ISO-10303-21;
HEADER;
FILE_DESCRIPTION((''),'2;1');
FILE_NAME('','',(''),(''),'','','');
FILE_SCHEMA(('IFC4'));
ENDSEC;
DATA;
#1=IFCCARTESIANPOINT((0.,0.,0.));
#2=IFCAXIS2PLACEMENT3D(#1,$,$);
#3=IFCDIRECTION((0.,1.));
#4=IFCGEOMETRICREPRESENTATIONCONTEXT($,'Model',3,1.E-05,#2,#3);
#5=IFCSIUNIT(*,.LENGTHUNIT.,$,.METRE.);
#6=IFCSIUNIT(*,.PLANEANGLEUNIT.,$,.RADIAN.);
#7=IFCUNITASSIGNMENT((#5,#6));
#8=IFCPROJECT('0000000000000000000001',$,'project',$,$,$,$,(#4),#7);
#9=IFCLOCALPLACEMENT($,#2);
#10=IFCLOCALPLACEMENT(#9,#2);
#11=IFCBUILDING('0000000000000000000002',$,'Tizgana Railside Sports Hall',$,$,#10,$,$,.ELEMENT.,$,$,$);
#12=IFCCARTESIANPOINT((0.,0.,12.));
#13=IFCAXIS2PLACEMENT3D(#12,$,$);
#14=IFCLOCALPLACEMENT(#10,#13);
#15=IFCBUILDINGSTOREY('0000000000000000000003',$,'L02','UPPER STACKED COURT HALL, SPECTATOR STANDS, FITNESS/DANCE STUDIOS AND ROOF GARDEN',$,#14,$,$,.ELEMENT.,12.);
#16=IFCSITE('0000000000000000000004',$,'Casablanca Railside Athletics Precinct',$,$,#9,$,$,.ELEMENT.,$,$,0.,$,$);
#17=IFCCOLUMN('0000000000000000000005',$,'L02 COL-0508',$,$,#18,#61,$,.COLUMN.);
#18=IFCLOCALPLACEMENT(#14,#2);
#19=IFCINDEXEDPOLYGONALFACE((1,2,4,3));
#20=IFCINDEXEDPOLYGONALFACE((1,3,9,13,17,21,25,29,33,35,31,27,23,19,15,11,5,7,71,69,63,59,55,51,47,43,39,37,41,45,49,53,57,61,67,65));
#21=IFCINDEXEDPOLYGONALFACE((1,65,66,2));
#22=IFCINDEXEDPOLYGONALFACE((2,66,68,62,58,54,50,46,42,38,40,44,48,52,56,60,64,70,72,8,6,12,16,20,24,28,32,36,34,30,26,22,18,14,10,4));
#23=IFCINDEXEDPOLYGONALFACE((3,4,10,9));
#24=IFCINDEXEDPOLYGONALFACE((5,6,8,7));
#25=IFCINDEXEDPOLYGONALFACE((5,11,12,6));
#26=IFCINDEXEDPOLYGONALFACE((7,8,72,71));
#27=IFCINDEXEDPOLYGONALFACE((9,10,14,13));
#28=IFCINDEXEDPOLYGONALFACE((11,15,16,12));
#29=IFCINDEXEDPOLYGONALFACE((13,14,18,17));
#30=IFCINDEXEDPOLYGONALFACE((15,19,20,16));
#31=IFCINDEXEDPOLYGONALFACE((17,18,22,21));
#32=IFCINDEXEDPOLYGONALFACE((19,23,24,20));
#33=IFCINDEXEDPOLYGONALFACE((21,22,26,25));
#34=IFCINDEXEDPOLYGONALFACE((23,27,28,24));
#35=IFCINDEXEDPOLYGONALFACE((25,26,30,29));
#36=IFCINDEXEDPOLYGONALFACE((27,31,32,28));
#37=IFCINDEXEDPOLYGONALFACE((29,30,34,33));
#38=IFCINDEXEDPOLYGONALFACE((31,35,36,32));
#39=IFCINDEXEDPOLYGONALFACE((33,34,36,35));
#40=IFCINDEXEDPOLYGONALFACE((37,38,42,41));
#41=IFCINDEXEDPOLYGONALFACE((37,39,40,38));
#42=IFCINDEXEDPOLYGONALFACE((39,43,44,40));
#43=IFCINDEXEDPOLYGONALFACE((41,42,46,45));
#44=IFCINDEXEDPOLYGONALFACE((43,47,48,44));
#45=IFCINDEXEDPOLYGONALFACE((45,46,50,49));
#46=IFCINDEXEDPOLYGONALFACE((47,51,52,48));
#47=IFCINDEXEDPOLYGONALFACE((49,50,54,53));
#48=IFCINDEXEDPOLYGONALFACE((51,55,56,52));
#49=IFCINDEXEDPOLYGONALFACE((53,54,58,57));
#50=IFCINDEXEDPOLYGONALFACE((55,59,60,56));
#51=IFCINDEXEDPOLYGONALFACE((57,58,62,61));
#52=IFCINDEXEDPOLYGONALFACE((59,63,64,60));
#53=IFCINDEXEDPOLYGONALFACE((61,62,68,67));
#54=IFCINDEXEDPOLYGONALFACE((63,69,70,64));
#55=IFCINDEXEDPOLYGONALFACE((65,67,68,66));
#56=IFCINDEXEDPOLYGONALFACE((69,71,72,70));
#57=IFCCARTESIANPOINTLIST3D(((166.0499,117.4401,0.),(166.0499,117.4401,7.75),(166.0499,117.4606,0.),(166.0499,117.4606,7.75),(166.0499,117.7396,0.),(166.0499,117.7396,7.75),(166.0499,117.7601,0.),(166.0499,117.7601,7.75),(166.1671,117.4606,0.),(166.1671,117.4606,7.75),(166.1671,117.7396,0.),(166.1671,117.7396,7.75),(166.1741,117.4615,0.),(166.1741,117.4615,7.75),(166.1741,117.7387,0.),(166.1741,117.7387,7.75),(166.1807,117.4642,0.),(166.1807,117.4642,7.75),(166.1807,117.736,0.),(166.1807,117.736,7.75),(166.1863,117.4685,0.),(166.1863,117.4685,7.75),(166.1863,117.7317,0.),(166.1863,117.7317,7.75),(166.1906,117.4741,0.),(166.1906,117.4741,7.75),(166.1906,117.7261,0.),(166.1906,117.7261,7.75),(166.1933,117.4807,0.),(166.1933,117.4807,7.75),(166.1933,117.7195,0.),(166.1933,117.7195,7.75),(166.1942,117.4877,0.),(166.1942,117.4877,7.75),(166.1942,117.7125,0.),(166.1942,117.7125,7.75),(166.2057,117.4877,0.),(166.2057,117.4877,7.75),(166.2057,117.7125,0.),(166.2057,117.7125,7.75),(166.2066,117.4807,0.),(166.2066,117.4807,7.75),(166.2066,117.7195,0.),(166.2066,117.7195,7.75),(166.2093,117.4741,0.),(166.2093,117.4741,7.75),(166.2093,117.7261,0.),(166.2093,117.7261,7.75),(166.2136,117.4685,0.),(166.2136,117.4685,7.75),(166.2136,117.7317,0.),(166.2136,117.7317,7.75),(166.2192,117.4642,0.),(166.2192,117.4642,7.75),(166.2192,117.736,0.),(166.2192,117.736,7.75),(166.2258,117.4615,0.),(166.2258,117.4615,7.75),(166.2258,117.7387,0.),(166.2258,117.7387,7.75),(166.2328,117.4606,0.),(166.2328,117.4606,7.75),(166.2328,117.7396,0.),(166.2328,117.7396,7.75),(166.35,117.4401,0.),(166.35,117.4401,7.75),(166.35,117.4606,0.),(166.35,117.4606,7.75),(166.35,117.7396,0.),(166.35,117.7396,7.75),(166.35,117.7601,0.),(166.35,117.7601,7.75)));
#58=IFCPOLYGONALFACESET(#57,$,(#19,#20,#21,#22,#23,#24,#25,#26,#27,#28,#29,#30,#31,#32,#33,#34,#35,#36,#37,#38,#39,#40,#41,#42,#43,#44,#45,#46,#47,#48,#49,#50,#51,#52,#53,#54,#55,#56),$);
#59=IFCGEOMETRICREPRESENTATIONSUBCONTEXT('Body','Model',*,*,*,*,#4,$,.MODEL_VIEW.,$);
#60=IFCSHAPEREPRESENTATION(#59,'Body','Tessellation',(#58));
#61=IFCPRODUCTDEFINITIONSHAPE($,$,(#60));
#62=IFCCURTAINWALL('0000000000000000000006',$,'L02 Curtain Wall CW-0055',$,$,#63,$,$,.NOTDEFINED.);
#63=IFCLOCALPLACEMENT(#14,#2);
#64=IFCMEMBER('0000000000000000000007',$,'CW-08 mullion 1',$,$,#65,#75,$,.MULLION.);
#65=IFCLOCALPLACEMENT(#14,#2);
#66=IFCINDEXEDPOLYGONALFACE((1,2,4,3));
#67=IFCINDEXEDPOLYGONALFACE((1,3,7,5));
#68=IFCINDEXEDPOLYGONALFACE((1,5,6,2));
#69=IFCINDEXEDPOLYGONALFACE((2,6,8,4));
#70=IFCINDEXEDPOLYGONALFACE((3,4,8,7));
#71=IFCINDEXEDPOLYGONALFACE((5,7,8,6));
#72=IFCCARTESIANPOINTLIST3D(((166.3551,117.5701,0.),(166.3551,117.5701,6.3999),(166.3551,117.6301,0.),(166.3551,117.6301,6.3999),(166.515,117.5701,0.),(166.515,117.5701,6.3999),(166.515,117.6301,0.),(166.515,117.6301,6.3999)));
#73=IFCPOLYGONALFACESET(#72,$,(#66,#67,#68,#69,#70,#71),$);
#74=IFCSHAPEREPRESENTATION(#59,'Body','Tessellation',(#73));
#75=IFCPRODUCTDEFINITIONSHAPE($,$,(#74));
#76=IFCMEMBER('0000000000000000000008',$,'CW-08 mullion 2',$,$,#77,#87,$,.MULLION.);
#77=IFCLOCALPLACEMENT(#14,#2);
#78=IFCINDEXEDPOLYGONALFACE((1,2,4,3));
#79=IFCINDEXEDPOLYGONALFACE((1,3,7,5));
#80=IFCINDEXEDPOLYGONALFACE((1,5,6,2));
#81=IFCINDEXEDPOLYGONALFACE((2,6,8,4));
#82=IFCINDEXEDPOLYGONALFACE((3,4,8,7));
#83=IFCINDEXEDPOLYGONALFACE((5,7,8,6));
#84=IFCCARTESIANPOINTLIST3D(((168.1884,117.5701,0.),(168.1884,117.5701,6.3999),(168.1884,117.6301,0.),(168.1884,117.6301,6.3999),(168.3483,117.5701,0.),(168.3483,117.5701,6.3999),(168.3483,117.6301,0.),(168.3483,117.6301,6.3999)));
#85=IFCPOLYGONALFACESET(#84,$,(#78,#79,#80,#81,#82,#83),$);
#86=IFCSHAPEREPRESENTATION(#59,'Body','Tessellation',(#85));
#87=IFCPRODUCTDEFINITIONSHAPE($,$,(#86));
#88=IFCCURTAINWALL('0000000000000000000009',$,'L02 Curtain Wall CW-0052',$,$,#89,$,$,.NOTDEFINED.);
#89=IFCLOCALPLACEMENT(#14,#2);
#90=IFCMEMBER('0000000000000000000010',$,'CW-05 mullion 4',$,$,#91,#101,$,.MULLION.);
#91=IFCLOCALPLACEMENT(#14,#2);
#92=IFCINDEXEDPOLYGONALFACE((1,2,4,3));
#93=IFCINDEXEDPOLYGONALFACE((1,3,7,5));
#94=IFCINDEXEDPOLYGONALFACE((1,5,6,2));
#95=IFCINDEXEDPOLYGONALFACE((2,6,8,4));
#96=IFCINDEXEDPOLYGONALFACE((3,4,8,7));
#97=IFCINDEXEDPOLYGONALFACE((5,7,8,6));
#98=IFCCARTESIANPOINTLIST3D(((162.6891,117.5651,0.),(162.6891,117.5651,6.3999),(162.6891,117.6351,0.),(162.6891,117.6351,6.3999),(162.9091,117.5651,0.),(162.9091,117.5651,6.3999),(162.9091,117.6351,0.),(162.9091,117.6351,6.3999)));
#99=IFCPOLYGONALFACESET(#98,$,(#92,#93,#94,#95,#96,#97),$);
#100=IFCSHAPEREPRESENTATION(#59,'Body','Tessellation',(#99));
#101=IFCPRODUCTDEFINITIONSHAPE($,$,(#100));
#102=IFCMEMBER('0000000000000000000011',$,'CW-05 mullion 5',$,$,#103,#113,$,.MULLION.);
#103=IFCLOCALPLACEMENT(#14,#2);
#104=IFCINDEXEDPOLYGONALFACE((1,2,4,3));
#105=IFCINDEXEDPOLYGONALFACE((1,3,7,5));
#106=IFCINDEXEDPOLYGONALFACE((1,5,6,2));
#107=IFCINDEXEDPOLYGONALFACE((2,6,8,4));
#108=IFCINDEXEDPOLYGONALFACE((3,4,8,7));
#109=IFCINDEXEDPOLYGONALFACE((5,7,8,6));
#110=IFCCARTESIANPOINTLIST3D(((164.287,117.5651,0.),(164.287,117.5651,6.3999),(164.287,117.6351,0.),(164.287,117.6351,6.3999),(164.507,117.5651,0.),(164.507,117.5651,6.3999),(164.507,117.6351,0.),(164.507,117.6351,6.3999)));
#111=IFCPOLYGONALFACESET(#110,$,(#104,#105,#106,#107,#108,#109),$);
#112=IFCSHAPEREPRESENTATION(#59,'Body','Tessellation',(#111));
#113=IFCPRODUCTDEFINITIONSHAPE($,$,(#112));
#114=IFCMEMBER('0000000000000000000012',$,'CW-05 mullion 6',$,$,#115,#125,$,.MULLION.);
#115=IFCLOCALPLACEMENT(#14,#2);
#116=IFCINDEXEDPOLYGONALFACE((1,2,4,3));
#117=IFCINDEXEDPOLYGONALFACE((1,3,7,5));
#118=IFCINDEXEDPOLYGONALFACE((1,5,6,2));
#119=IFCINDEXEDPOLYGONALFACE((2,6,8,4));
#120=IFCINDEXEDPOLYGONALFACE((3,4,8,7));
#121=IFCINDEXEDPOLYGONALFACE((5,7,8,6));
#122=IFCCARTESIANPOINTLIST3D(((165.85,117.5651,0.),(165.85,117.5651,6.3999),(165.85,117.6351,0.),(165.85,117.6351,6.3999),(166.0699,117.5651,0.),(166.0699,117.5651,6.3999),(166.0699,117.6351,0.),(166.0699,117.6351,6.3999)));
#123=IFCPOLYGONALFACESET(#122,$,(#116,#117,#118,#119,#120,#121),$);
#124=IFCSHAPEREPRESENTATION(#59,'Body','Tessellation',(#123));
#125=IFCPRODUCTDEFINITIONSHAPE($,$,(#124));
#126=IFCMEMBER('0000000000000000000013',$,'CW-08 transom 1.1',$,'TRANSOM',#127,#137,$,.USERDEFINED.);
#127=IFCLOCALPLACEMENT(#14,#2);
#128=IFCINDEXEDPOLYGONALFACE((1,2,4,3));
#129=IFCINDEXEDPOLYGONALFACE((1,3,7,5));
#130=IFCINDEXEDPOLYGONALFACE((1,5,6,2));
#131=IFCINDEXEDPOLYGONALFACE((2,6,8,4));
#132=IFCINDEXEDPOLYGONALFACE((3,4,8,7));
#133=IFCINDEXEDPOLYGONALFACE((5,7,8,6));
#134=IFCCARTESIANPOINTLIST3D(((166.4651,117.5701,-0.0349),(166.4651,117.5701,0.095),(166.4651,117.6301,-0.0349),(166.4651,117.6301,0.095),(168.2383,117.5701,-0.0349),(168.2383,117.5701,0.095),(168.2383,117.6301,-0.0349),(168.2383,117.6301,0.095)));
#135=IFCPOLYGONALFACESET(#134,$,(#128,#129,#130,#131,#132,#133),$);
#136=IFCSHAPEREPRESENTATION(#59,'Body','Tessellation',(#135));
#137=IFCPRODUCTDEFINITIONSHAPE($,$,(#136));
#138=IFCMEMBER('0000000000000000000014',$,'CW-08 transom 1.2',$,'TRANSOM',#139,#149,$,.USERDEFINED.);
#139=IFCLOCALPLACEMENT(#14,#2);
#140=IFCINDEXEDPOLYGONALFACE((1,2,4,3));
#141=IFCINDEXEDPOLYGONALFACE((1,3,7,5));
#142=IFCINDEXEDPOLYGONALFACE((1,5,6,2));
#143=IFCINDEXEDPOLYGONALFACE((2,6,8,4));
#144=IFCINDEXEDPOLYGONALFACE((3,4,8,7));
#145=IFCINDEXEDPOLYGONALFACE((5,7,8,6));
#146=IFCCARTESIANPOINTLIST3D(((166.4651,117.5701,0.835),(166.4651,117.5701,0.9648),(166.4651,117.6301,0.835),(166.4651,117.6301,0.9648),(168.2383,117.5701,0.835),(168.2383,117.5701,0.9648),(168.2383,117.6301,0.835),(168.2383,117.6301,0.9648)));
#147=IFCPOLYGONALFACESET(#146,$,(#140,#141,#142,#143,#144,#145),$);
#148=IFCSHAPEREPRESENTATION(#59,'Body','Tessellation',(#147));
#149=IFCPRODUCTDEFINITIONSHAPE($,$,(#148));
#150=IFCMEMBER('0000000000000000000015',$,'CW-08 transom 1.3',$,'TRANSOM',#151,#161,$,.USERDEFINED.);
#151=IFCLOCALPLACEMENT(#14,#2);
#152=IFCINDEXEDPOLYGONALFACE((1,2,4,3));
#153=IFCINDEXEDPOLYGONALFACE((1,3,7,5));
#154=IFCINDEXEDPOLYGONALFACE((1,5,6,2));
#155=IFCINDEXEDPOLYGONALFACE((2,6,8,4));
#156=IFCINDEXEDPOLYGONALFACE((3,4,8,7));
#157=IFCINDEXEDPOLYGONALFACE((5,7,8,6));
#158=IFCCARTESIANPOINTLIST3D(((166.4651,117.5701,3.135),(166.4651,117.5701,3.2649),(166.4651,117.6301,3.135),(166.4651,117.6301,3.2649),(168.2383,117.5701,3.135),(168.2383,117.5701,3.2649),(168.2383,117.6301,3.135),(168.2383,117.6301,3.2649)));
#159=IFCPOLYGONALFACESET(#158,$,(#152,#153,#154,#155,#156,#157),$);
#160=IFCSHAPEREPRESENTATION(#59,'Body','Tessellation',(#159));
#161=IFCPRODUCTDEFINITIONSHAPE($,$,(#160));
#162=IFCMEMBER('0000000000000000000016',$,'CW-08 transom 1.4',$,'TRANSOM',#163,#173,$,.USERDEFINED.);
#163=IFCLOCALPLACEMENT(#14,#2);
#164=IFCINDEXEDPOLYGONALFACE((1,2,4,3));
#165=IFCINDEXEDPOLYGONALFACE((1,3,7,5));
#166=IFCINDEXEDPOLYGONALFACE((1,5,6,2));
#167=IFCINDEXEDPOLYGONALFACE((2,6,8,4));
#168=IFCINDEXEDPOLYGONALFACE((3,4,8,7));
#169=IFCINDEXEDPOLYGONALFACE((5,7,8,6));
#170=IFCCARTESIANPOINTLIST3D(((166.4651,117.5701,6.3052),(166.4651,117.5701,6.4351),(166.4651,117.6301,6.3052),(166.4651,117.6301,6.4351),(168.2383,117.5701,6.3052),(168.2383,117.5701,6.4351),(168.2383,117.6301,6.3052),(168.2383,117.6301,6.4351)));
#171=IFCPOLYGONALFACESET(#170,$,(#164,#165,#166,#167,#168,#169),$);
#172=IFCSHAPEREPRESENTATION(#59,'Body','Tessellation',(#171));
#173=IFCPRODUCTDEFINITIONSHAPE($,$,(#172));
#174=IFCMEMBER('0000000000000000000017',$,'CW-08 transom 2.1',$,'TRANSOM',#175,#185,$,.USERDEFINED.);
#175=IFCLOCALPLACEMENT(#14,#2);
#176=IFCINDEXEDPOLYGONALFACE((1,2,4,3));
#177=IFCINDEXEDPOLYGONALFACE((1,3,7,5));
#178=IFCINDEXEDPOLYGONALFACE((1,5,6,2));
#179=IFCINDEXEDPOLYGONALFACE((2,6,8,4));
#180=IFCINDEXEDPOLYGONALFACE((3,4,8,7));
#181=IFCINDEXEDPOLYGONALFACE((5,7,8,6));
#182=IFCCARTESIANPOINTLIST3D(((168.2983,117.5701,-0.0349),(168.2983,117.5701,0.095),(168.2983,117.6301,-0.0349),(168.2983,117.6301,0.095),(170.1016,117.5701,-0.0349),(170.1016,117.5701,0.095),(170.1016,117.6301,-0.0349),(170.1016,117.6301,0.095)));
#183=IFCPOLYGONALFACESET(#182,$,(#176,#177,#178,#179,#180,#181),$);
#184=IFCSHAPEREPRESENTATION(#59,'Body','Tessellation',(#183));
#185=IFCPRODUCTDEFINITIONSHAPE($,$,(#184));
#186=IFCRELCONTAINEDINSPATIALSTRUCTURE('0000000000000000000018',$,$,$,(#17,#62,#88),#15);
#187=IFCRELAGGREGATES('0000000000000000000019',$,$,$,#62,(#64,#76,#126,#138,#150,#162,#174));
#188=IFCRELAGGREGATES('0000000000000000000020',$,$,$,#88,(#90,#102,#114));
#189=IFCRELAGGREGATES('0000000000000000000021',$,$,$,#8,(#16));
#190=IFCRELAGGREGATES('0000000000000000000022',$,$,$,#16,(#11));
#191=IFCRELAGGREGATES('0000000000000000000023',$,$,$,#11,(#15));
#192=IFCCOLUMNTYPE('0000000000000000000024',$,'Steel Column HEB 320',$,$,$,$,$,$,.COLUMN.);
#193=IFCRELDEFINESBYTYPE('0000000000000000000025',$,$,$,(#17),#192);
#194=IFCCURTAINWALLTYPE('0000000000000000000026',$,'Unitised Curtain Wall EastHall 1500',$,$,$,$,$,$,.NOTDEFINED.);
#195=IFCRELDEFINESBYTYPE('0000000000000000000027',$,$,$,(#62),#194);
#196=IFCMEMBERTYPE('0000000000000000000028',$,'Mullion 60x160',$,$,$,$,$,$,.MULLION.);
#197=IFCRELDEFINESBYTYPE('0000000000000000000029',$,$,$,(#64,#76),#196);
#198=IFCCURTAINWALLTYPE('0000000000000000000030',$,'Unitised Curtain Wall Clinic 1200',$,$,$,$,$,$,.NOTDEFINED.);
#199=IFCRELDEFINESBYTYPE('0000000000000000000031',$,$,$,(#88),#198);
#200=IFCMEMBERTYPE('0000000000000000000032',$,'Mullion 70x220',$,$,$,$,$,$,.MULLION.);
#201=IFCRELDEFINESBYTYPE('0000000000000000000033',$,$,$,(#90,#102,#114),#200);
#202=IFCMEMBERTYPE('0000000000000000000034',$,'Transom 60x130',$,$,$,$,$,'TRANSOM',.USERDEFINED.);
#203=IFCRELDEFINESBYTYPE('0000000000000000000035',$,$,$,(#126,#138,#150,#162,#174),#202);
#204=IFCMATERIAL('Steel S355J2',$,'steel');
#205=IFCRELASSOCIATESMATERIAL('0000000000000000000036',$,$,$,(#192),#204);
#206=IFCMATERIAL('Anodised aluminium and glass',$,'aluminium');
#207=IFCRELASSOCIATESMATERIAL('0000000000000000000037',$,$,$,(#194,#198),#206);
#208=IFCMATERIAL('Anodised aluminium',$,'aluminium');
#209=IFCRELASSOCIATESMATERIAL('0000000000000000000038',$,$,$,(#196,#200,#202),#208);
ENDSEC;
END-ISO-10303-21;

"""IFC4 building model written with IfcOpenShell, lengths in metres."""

from ifc_helpers import new_model, si_unit, direction, frame, origin, origin_2d, place, context, subcontext, project, spatial, rectangle, i_section, extrude, material, material_profile, profile_set, type_object, element, aggregate, save


model = new_model("IFC4")

# Units and contexts
model_context = context("Model", 3, precision=1e-05, world=origin(), true_north=direction((0.0, 1.0)))
body_context = subcontext(model_context, "Body", "Model", "MODEL_VIEW")
ifc_project = project(units=[si_unit("LENGTHUNIT", "METRE"), si_unit("PLANEANGLEUNIT", "RADIAN")], contexts=[model_context])

# Site, building, storey
site_placement = place(None, origin())
site = spatial("IfcSite", under=ifc_project, at=site_placement, Name="Casablanca Railside Athletics Precinct", CompositionType="ELEMENT", RefElevation=0.0)
building_placement = place(site_placement, origin())
building = spatial("IfcBuilding", under=site, at=building_placement, Name="Tizgana Railside Sports Hall", CompositionType="ELEMENT")
storey_placement = place(building_placement, frame((0.0, 0.0, 12.0)))
storey = spatial("IfcBuildingStorey", under=building, at=storey_placement, Name="L02", Description="UPPER STACKED COURT HALL, SPECTATOR STANDS, FITNESS/DANCE STUDIOS AND ROOF GARDEN", CompositionType="ELEMENT", Elevation=12.0)

# Column
ifc_material_1 = material(Name="Steel S355J2", Category="steel")
ifc_material_profile_1 = material_profile(ifc_material_1, i_section(OverallWidth=0.3, OverallDepth=0.3201, WebThickness=0.0115, FlangeThickness=0.0205, FilletRadius=0.0271, at=origin_2d()), Name="HEB 320")
ifc_profile_set_1 = profile_set([ifc_material_profile_1], Name="Steel S355J2")
column_type = type_object("IfcColumnType", Name="Steel Column HEB 320", PredefinedType="COLUMN", material=ifc_profile_set_1)
column_placement = place(storey_placement, frame((166.2, 117.6001, 0.0), z_axis=(0.0, 0.0, 1.0), x_axis=(1.0, 0.0, 0.0)))
element("IfcColumn", 1, at=column_placement, inside=storey, type_object=column_type, Name="L02 COL-0508", PredefinedType="COLUMN", context=body_context, shape_type="SweptSolid", body=[
    extrude(i_section(OverallWidth=0.3, OverallDepth=0.3201, WebThickness=0.0115, FlangeThickness=0.0205, FilletRadius=0.0271, at=origin_2d()), origin(), (0.0, 0.0, 1.0), 7.75),
])

# Curtain walls, members
ifc_material_2 = material(Name="Anodised aluminium and glass", Category="aluminium")
curtain_wall_type_1 = type_object("IfcCurtainWallType", Name="Unitised Curtain Wall EastHall 1500", PredefinedType="NOTDEFINED", material=ifc_material_2)
curtain_wall_1_placement = place(storey_placement, origin())
curtain_wall_1 = element("IfcCurtainWall", 2, at=curtain_wall_1_placement, inside=storey, type_object=curtain_wall_type_1, Name="L02 Curtain Wall CW-0055", PredefinedType="NOTDEFINED")
ifc_material_3 = material(Name="Anodised aluminium", Category="aluminium")
ifc_material_profile_2 = material_profile(ifc_material_3, rectangle(XDim=0.0601, YDim=0.1599, at=origin_2d()), Name="Mullion 60x160")
ifc_profile_set_2 = profile_set([ifc_material_profile_2], Name="Anodised aluminium")
member_type_1 = type_object("IfcMemberType", Name="Mullion 60x160", PredefinedType="MULLION", material=ifc_profile_set_2)
member_1_placement = place(storey_placement, frame((166.4351, 117.6001, 0.0), z_axis=(0.0, 0.0, 1.0), x_axis=(0.0, 1.0, 0.0)))
member_1 = element("IfcMember", 3, at=member_1_placement, type_object=member_type_1, Name="CW-08 mullion 1", PredefinedType="MULLION", context=body_context, shape_type="SweptSolid", body=[
    extrude(rectangle(XDim=0.0601, YDim=0.1599, at=origin_2d()), origin(), (0.0, 0.0, 1.0), 6.3999),
])
member_2_placement = place(storey_placement, frame((168.2683, 117.6001, 0.0), z_axis=(0.0, 0.0, 1.0), x_axis=(0.0, 1.0, 0.0)))
member_2 = element("IfcMember", 4, at=member_2_placement, type_object=member_type_1, Name="CW-08 mullion 2", PredefinedType="MULLION", context=body_context, shape_type="SweptSolid", body=[
    extrude(rectangle(XDim=0.0601, YDim=0.1599, at=origin_2d()), origin(), (0.0, 0.0, 1.0), 6.3999),
])
curtain_wall_type_2 = type_object("IfcCurtainWallType", Name="Unitised Curtain Wall Clinic 1200", PredefinedType="NOTDEFINED", material=ifc_material_2)
curtain_wall_2_placement = place(storey_placement, origin())
curtain_wall_2 = element("IfcCurtainWall", 5, at=curtain_wall_2_placement, inside=storey, type_object=curtain_wall_type_2, Name="L02 Curtain Wall CW-0052", PredefinedType="NOTDEFINED")
ifc_material_profile_3 = material_profile(ifc_material_3, rectangle(XDim=0.0701, YDim=0.22, at=origin_2d()), Name="Mullion 70x220")
ifc_profile_set_3 = profile_set([ifc_material_profile_3], Name="Anodised aluminium")
member_type_2 = type_object("IfcMemberType", Name="Mullion 70x220", PredefinedType="MULLION", material=ifc_profile_set_3)
member_3_placement = place(storey_placement, frame((162.7991, 117.6001, 0.0), z_axis=(0.0, 0.0, 1.0), x_axis=(0.0, 1.0, 0.0)))
member_3 = element("IfcMember", 6, at=member_3_placement, type_object=member_type_2, Name="CW-05 mullion 4", PredefinedType="MULLION", context=body_context, shape_type="SweptSolid", body=[
    extrude(rectangle(XDim=0.0701, YDim=0.22, at=origin_2d()), origin(), (0.0, 0.0, 1.0), 6.3999),
])
member_4_placement = place(storey_placement, frame((164.397, 117.6001, 0.0), z_axis=(0.0, 0.0, 1.0), x_axis=(0.0, 1.0, 0.0)))
member_4 = element("IfcMember", 7, at=member_4_placement, type_object=member_type_2, Name="CW-05 mullion 5", PredefinedType="MULLION", context=body_context, shape_type="SweptSolid", body=[
    extrude(rectangle(XDim=0.0701, YDim=0.22, at=origin_2d()), origin(), (0.0, 0.0, 1.0), 6.3999),
])
member_5_placement = place(storey_placement, frame((165.96, 117.6001, 0.0), z_axis=(0.0, 0.0, 1.0), x_axis=(0.0, 1.0, 0.0)))
member_5 = element("IfcMember", 8, at=member_5_placement, type_object=member_type_2, Name="CW-05 mullion 6", PredefinedType="MULLION", context=body_context, shape_type="SweptSolid", body=[
    extrude(rectangle(XDim=0.0701, YDim=0.22, at=origin_2d()), origin(), (0.0, 0.0, 1.0), 6.3999),
])

# Members
ifc_material_profile_4 = material_profile(ifc_material_3, rectangle(XDim=0.0601, YDim=0.1299, at=origin_2d()), Name="Transom 60x130")
ifc_profile_set_4 = profile_set([ifc_material_profile_4], Name="Anodised aluminium")
member_type_3 = type_object("IfcMemberType", Name="Transom 60x130", ElementType="TRANSOM", PredefinedType="USERDEFINED", material=ifc_profile_set_4)
member_6_placement = place(storey_placement, frame((166.4651, 117.6001, 0.03), z_axis=(1.0, 0.0, 0.0), x_axis=(0.0, 1.0, 0.0)))
member_6 = element("IfcMember", 9, at=member_6_placement, type_object=member_type_3, Name="CW-08 transom 1.1", ObjectType="TRANSOM", PredefinedType="USERDEFINED", context=body_context, shape_type="SweptSolid", body=[
    extrude(rectangle(XDim=0.0601, YDim=0.1299, at=origin_2d()), origin(), (0.0, 0.0, 1.0), 1.7732),
])
member_7_placement = place(storey_placement, frame((166.4651, 117.6001, 0.8999), z_axis=(1.0, 0.0, 0.0), x_axis=(0.0, 1.0, 0.0)))
member_7 = element("IfcMember", 10, at=member_7_placement, type_object=member_type_3, Name="CW-08 transom 1.2", ObjectType="TRANSOM", PredefinedType="USERDEFINED", context=body_context, shape_type="SweptSolid", body=[
    extrude(rectangle(XDim=0.0601, YDim=0.1299, at=origin_2d()), origin(), (0.0, 0.0, 1.0), 1.7732),
])
member_8_placement = place(storey_placement, frame((166.4651, 117.6001, 3.2), z_axis=(1.0, 0.0, 0.0), x_axis=(0.0, 1.0, 0.0)))
member_8 = element("IfcMember", 11, at=member_8_placement, type_object=member_type_3, Name="CW-08 transom 1.3", ObjectType="TRANSOM", PredefinedType="USERDEFINED", context=body_context, shape_type="SweptSolid", body=[
    extrude(rectangle(XDim=0.0601, YDim=0.1299, at=origin_2d()), origin(), (0.0, 0.0, 1.0), 1.7732),
])
member_9_placement = place(storey_placement, frame((166.4651, 117.6001, 6.3701), z_axis=(1.0, 0.0, 0.0), x_axis=(0.0, 1.0, 0.0)))
member_9 = element("IfcMember", 12, at=member_9_placement, type_object=member_type_3, Name="CW-08 transom 1.4", ObjectType="TRANSOM", PredefinedType="USERDEFINED", context=body_context, shape_type="SweptSolid", body=[
    extrude(rectangle(XDim=0.0601, YDim=0.1299, at=origin_2d()), origin(), (0.0, 0.0, 1.0), 1.7732),
])
member_10_placement = place(storey_placement, frame((168.2983, 117.6001, 0.03), z_axis=(1.0, 0.0, 0.0), x_axis=(0.0, 1.0, 0.0)))
member_10 = element("IfcMember", 13, at=member_10_placement, type_object=member_type_3, Name="CW-08 transom 2.1", ObjectType="TRANSOM", PredefinedType="USERDEFINED", context=body_context, shape_type="SweptSolid", body=[
    extrude(rectangle(XDim=0.0601, YDim=0.1299, at=origin_2d()), origin(), (0.0, 0.0, 1.0), 1.8032),
])

aggregate(curtain_wall_1, [member_1, member_2, member_6, member_7, member_8, member_9, member_10])
aggregate(curtain_wall_2, [member_3, member_4, member_5])

save(model, "model.ifc")
